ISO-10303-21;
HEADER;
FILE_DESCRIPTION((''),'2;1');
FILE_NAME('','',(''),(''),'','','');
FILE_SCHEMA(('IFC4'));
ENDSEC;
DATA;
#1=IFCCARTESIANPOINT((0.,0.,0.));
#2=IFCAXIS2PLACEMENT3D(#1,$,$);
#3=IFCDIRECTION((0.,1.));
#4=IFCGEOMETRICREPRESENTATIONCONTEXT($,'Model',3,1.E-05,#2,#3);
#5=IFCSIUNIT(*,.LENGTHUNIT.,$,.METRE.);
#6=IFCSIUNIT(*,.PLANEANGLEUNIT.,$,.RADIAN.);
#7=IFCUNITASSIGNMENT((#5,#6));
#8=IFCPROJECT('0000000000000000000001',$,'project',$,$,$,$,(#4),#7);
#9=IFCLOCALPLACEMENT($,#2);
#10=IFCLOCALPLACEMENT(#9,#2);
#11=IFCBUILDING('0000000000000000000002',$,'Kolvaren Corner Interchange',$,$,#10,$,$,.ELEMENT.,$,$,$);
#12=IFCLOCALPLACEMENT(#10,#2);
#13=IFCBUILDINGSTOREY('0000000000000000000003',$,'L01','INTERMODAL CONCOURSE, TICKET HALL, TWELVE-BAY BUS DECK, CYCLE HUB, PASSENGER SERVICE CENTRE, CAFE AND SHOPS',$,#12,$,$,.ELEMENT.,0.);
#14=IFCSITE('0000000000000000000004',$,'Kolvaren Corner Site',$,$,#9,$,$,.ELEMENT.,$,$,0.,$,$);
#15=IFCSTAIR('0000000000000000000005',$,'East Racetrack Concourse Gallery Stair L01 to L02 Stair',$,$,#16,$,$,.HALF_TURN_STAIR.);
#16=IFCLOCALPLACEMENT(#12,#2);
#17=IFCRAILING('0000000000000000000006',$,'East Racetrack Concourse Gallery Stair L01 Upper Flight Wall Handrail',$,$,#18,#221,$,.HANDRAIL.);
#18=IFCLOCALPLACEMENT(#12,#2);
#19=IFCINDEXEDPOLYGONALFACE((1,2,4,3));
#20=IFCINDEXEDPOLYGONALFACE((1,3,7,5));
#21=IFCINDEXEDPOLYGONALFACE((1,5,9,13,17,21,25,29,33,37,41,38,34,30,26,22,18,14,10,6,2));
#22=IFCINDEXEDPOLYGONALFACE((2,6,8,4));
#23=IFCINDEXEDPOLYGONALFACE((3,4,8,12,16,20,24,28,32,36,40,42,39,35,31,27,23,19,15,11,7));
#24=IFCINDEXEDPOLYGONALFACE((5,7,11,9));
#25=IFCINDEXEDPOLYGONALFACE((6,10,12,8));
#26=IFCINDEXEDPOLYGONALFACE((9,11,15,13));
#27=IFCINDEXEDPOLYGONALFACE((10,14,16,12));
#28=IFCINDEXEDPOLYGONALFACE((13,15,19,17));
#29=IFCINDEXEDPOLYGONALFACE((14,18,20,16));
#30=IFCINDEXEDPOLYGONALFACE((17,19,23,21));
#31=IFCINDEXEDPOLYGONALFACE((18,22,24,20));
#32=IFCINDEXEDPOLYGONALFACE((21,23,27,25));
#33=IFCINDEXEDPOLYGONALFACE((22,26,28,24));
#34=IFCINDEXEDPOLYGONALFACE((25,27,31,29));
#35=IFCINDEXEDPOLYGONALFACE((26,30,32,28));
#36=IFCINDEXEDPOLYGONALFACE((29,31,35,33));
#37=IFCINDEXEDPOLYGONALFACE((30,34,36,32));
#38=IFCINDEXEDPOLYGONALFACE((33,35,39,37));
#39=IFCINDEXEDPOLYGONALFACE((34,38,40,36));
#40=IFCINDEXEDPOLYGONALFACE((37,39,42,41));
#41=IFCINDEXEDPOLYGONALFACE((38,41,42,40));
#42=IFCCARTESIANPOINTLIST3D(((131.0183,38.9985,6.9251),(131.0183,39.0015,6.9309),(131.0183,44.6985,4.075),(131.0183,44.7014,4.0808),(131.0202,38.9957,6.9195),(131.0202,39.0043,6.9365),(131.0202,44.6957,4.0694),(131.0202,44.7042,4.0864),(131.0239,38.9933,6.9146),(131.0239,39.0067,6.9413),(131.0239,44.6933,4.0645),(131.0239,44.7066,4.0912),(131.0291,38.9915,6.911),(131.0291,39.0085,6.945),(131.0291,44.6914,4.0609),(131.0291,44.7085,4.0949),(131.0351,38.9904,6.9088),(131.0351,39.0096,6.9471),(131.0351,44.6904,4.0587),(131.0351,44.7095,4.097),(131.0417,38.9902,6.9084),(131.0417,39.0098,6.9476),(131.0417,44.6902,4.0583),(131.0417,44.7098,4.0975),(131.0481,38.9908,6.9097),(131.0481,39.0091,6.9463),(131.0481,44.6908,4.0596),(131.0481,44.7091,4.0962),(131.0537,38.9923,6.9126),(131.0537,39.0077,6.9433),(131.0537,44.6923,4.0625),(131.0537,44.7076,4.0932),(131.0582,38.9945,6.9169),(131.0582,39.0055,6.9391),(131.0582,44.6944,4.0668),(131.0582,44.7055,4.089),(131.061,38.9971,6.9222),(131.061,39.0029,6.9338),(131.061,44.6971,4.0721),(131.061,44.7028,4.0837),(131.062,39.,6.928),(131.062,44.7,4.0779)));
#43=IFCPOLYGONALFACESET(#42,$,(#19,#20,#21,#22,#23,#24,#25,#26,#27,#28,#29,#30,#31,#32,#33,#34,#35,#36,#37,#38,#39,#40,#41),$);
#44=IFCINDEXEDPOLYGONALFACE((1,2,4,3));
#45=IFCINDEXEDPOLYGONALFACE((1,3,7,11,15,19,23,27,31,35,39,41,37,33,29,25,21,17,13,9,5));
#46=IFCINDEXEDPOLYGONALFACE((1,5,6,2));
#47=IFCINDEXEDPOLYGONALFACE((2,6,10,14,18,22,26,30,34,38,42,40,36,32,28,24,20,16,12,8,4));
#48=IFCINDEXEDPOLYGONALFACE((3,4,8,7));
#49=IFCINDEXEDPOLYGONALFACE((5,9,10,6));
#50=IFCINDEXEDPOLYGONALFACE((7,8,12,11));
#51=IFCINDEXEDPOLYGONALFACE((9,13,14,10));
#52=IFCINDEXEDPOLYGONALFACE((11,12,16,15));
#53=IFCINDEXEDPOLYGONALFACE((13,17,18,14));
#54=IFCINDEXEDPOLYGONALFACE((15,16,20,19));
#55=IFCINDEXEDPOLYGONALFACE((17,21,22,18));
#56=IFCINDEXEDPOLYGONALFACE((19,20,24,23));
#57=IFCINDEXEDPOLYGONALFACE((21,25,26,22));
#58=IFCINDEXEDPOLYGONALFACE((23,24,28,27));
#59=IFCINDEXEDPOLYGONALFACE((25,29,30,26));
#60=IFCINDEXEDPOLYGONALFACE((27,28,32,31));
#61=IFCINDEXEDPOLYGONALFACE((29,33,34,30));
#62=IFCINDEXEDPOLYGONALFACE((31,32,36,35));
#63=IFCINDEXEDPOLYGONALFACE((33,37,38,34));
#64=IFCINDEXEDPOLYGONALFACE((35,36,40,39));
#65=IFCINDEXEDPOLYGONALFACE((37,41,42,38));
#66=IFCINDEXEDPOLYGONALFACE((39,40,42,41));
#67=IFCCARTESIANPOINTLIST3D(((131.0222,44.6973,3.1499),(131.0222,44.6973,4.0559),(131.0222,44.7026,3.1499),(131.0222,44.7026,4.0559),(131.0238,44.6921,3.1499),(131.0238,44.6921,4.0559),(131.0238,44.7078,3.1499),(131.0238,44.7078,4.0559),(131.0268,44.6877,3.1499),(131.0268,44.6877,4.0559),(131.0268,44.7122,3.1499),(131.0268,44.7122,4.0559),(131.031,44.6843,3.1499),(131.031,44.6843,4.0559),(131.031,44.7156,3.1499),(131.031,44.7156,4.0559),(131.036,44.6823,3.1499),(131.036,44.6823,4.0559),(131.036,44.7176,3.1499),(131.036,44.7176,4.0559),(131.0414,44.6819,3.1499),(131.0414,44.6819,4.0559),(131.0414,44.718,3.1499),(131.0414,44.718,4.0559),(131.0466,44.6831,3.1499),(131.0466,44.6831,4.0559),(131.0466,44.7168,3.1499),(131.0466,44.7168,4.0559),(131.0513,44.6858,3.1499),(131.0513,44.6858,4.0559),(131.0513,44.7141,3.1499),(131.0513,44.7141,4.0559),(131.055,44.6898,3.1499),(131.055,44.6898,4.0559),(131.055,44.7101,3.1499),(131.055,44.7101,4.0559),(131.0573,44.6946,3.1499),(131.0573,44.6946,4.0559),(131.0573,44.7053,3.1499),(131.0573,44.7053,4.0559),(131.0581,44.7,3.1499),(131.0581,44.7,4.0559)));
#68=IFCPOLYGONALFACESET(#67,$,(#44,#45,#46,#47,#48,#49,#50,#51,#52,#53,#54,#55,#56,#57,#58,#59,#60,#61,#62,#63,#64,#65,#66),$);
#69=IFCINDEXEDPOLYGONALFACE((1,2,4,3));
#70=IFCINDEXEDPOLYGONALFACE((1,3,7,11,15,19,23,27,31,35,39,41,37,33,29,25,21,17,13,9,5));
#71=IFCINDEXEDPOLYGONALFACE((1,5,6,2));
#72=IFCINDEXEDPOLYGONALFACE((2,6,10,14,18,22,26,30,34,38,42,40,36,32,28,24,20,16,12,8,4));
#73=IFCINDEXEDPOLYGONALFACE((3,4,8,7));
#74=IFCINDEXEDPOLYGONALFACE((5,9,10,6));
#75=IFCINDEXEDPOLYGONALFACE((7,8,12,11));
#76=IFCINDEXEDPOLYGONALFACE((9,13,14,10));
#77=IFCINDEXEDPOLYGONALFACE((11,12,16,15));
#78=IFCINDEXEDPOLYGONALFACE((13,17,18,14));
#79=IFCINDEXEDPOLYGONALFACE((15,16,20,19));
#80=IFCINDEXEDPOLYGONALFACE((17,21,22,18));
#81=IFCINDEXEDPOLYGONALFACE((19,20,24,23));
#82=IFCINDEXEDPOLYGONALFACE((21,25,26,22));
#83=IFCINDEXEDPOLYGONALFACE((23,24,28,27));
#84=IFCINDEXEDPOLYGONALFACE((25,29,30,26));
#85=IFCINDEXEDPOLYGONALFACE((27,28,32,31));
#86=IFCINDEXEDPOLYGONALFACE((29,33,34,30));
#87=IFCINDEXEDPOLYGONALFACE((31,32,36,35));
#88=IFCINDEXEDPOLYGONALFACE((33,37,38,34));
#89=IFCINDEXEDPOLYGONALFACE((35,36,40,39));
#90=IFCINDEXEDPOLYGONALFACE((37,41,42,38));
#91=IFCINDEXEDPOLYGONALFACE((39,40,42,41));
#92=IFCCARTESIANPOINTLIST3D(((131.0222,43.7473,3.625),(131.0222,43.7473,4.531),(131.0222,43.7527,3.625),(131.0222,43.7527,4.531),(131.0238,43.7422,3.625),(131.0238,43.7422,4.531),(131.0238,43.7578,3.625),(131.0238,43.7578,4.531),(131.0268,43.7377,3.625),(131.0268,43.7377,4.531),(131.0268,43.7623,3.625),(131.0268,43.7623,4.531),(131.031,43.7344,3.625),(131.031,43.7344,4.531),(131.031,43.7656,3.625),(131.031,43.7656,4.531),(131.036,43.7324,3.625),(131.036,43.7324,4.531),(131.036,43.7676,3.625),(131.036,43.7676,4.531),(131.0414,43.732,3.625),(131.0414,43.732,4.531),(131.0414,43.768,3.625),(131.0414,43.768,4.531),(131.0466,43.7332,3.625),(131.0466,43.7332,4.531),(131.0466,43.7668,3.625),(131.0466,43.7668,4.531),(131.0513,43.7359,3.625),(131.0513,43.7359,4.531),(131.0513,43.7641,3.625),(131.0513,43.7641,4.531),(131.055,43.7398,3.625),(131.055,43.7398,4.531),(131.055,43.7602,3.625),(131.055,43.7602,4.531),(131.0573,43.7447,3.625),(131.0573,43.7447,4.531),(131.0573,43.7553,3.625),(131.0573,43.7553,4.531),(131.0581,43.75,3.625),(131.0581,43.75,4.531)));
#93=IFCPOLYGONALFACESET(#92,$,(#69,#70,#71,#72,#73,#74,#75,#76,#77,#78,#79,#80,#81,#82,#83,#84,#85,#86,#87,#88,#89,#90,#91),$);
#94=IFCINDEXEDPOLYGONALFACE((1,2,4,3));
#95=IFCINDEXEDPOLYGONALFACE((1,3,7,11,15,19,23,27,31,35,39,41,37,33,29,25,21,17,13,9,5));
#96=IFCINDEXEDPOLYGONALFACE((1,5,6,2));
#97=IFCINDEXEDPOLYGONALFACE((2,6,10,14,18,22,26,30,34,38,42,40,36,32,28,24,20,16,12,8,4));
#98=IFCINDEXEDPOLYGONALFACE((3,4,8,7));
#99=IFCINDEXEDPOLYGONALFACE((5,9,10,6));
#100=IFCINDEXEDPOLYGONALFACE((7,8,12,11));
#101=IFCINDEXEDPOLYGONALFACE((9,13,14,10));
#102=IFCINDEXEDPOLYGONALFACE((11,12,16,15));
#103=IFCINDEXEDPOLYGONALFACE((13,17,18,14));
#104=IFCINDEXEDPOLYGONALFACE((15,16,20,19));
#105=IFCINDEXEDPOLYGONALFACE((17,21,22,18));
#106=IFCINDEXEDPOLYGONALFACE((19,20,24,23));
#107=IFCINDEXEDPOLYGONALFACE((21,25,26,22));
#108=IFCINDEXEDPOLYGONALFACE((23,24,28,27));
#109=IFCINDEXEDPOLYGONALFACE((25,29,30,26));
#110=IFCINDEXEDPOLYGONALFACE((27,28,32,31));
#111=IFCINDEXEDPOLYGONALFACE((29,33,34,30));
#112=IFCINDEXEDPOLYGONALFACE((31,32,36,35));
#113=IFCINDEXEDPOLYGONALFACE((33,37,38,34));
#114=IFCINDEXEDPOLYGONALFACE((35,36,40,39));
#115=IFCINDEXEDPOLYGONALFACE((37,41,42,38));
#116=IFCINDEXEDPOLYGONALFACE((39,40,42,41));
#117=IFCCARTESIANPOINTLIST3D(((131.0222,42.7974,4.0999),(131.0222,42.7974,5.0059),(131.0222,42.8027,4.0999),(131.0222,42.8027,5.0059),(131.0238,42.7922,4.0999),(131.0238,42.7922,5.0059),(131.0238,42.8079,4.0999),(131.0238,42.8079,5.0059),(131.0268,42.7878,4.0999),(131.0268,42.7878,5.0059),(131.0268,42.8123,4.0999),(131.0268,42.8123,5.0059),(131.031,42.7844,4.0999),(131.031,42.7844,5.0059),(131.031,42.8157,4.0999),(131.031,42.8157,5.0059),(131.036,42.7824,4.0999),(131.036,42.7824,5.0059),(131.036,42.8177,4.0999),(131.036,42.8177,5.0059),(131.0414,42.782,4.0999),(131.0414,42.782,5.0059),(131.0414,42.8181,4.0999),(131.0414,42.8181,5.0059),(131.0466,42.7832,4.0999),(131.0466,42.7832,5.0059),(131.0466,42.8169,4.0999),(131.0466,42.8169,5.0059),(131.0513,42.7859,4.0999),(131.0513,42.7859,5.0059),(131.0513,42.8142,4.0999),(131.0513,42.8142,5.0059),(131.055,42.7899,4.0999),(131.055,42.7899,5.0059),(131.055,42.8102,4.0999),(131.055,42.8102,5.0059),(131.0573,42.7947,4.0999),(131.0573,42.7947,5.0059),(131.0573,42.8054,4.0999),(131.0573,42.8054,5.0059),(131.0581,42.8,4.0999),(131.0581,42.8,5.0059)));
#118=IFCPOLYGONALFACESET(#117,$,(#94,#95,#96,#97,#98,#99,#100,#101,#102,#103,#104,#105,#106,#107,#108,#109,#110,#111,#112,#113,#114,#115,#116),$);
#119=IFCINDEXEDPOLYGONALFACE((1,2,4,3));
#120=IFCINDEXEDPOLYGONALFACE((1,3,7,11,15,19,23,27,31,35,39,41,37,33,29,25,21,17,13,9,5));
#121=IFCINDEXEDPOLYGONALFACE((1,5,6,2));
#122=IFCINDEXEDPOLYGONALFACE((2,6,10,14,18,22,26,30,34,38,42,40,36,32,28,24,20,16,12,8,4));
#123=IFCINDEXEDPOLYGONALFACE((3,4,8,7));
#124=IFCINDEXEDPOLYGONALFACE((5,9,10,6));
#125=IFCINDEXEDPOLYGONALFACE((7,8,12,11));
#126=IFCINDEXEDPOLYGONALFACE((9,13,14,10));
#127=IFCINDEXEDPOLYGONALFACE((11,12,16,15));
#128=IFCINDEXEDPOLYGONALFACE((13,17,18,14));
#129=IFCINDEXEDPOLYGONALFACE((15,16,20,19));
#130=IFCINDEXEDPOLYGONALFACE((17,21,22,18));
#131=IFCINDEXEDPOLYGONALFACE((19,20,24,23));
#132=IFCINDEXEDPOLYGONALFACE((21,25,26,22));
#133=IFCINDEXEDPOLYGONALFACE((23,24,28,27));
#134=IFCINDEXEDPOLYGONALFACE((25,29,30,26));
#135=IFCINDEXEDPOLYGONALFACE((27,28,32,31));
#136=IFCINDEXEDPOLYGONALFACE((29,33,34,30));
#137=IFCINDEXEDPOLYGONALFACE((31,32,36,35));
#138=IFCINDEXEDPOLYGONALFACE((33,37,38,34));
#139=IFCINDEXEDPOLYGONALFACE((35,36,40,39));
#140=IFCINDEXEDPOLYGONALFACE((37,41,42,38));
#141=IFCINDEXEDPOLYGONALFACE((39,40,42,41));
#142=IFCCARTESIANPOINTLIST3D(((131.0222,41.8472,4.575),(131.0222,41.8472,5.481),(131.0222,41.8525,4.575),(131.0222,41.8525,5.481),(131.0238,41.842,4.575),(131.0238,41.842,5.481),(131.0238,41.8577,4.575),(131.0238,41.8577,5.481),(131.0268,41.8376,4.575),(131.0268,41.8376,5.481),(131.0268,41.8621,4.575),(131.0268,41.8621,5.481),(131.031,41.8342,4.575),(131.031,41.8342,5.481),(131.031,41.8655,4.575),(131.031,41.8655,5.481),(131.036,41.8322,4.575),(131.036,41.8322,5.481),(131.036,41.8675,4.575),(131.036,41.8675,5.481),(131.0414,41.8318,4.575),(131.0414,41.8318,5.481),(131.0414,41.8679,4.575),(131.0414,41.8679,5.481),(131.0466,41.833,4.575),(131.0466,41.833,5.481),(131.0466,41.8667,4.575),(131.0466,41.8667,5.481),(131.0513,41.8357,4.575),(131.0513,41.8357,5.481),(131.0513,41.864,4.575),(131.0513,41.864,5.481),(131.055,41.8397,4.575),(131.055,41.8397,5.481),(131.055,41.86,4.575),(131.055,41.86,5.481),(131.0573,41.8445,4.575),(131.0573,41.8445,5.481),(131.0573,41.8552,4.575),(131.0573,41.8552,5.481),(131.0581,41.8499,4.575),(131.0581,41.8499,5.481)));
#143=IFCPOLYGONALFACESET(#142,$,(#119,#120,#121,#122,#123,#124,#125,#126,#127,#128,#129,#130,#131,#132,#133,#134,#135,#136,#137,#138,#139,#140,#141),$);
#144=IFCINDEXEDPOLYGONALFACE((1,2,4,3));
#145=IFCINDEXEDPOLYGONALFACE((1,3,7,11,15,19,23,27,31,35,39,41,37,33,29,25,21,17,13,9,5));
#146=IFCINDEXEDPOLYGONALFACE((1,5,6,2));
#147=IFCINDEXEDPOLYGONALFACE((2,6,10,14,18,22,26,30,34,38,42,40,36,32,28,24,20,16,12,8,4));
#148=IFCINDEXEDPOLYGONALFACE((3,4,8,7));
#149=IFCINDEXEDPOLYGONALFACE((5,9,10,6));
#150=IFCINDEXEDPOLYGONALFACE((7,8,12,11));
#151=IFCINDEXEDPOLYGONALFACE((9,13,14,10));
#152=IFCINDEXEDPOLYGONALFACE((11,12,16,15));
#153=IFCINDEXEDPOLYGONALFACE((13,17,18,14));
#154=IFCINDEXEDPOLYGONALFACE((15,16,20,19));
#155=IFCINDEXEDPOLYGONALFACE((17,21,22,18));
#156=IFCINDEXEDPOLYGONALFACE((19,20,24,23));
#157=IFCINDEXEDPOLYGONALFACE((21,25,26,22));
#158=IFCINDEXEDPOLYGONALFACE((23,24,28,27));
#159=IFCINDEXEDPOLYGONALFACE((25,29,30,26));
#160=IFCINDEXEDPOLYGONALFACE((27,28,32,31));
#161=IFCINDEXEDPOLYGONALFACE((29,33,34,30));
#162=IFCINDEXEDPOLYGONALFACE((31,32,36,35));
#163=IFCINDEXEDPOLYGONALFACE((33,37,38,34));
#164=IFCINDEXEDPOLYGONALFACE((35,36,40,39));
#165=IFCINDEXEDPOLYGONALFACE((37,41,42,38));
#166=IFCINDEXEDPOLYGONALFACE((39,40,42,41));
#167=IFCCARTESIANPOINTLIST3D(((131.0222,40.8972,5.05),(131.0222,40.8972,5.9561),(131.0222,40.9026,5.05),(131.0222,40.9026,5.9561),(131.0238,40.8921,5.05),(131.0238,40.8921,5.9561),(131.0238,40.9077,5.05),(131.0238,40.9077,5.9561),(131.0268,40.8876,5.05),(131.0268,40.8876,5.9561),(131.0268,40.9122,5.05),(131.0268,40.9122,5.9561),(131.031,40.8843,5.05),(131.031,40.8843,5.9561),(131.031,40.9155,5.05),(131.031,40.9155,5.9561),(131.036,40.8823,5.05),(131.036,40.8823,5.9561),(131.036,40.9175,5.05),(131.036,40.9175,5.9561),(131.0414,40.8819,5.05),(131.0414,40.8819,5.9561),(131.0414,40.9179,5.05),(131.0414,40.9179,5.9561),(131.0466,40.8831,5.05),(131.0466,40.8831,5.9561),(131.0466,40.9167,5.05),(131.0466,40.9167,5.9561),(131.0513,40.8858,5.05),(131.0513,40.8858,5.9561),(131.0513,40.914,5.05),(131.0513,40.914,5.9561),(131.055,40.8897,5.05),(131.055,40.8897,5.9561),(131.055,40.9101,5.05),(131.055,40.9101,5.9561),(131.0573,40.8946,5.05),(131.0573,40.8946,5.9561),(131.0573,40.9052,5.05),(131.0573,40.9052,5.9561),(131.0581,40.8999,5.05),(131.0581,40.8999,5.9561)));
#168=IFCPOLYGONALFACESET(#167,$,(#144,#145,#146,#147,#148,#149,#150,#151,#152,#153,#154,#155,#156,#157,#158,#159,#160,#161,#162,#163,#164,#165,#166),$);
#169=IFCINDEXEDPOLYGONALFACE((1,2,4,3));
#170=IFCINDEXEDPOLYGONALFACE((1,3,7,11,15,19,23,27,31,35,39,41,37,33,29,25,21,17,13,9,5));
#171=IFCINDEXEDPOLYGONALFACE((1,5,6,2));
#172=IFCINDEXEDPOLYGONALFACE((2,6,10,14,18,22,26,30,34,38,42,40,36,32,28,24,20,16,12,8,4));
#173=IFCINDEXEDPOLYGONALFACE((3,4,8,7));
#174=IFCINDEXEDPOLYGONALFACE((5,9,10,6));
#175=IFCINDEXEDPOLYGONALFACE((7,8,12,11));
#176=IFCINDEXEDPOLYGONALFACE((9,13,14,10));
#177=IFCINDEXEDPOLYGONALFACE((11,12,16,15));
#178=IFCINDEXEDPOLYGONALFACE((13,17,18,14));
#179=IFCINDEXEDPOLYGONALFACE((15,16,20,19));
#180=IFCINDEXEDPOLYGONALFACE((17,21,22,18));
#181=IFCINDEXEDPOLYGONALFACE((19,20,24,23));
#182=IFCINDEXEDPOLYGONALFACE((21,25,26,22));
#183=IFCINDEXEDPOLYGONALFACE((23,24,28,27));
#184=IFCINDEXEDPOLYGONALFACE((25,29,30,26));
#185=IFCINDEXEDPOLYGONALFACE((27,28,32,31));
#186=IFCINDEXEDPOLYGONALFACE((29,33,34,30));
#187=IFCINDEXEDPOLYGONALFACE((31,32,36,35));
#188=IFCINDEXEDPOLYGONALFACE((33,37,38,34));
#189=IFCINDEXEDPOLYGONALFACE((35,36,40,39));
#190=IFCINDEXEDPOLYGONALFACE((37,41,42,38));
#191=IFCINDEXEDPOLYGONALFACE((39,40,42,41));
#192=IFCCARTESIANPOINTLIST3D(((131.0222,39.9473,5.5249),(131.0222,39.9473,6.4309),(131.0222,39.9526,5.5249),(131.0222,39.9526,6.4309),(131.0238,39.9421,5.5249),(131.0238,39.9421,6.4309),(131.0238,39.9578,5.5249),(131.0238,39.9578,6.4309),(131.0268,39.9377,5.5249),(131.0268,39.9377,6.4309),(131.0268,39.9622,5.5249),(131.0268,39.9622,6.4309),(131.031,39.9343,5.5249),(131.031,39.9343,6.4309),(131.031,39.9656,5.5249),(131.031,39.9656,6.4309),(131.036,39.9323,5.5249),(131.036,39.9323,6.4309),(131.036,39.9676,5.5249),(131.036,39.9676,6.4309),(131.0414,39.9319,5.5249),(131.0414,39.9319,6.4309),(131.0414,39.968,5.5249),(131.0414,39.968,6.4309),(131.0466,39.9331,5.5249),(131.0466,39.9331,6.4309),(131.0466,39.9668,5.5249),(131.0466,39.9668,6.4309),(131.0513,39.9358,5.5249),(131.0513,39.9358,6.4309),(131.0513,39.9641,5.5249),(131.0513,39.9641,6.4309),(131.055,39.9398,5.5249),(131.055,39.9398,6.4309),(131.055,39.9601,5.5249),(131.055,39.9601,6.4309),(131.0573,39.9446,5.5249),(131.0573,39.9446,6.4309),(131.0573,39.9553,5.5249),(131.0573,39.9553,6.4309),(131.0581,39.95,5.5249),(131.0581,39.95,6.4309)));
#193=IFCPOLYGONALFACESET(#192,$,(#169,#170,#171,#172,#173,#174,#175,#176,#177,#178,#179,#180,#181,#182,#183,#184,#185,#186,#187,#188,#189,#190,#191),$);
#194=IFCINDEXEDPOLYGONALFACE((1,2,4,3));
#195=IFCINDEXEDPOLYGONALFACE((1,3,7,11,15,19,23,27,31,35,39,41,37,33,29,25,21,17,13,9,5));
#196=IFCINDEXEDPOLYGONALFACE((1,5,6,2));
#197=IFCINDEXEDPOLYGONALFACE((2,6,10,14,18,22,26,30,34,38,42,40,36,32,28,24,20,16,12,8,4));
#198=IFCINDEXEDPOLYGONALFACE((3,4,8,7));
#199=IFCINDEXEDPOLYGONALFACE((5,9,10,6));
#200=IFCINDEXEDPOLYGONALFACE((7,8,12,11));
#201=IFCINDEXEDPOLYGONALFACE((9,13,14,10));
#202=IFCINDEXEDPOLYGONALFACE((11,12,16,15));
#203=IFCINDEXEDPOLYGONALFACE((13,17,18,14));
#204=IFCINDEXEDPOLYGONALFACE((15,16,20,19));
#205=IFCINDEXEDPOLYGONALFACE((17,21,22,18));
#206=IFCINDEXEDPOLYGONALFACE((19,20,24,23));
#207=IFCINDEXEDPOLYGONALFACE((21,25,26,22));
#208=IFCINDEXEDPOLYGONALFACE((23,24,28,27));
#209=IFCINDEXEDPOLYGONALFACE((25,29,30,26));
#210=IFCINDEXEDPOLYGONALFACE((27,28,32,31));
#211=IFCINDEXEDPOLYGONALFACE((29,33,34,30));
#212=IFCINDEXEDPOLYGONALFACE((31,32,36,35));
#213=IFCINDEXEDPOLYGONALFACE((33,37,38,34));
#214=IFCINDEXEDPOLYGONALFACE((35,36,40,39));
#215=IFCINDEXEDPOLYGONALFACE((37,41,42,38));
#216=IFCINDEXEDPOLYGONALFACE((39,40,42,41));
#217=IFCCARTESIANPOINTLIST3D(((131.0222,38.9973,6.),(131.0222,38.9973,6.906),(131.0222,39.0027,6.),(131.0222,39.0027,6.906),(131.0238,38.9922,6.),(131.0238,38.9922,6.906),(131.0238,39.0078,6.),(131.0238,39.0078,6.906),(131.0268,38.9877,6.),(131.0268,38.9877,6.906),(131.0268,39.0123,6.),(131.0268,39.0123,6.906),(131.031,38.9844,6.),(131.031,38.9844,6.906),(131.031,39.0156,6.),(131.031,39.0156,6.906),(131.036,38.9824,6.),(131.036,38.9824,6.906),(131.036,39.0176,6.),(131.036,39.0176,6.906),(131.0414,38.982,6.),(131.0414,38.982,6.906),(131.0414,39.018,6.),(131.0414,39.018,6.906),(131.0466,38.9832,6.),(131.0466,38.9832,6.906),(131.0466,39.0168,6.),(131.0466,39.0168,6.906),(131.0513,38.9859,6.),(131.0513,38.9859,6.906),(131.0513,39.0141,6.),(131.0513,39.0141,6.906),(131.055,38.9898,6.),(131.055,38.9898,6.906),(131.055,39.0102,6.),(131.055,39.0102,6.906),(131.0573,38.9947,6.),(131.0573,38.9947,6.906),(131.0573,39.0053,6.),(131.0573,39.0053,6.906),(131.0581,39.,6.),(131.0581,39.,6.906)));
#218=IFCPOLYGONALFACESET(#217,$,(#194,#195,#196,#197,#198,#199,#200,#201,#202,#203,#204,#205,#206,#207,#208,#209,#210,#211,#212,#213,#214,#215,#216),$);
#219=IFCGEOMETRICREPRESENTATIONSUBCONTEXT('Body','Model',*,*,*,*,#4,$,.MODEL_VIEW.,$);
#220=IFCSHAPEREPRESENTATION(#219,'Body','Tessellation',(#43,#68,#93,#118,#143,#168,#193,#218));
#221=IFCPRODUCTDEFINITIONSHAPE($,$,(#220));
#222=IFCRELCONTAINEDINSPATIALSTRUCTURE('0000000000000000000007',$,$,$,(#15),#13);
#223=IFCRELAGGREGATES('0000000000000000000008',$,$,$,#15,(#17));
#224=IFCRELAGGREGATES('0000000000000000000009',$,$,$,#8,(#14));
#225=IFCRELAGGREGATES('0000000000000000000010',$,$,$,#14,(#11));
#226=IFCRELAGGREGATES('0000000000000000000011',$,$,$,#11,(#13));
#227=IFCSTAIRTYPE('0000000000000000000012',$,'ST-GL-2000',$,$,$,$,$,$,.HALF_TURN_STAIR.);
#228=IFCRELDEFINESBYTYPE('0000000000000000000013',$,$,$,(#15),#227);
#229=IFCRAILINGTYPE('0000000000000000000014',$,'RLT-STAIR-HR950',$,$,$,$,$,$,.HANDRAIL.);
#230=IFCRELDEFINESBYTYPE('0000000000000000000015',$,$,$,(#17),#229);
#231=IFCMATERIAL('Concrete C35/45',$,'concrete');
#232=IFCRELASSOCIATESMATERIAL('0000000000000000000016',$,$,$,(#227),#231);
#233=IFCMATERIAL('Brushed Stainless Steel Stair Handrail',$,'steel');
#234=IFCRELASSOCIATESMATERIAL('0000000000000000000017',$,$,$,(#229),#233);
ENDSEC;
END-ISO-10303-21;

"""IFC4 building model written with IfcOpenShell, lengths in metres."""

from ifc_helpers import new_model, si_unit, direction, frame, origin, origin_2d, place, context, subcontext, project, spatial, circle, extrude, material, type_object, element, aggregate, save


model = new_model("IFC4")

# Units and contexts
model_context = context("Model", 3, precision=1e-05, world=origin(), true_north=direction((0.0, 1.0)))
body_context = subcontext(model_context, "Body", "Model", "MODEL_VIEW")
ifc_project = project(units=[si_unit("LENGTHUNIT", "METRE"), si_unit("PLANEANGLEUNIT", "RADIAN")], contexts=[model_context])

# Site, building, storey
site_placement = place(None, origin())
site = spatial("IfcSite", under=ifc_project, at=site_placement, Name="Kolvaren Corner Site", CompositionType="ELEMENT", RefElevation=0.0)
building_placement = place(site_placement, origin())
building = spatial("IfcBuilding", under=site, at=building_placement, Name="Kolvaren Corner Interchange", CompositionType="ELEMENT")
storey_placement = place(building_placement, origin())
storey = spatial("IfcBuildingStorey", under=building, at=storey_placement, Name="L01", Description="INTERMODAL CONCOURSE, TICKET HALL, TWELVE-BAY BUS DECK, CYCLE HUB, PASSENGER SERVICE CENTRE, CAFE AND SHOPS", CompositionType="ELEMENT", Elevation=0.0)

# Stair, railing
ifc_material_1 = material(Name="Concrete C35/45", Category="concrete")
stair_type = type_object("IfcStairType", Name="ST-GL-2000", PredefinedType="HALF_TURN_STAIR", material=ifc_material_1)
stair_placement = place(storey_placement, origin())
stair = element("IfcStair", 1, at=stair_placement, inside=storey, type_object=stair_type, Name="East Racetrack Concourse Gallery Stair L01 to L02 Stair", PredefinedType="HALF_TURN_STAIR")
ifc_material_2 = material(Name="Brushed Stainless Steel Stair Handrail", Category="steel")
railing_type_1 = type_object("IfcRailingType", Name="RLT-STAIR-HR950", PredefinedType="HANDRAIL", material=ifc_material_2)
railing_1_placement = place(storey_placement, frame((131.04, 44.7, 3.1499)))
railing_1 = element("IfcRailing", 2, at=railing_1_placement, type_object=railing_type_1, Name="East Racetrack Concourse Gallery Stair L01 Upper Flight Wall Handrail", PredefinedType="HANDRAIL", context=body_context, shape_type="SweptSolid", body=[
    extrude(circle(Radius=0.022, at=origin_2d()), frame((0.0, 0.0, 0.928), z_axis=(0.0, -0.89442, 0.447229), x_axis=(1.0, 0.0, 0.0)), (0.0, 0.0, 1.0), 6.3728),
    extrude(circle(Radius=0.0181, at=origin_2d()), origin(), (0.0, 0.0, 1.0), 0.906),
    extrude(circle(Radius=0.0181, at=origin_2d()), frame((0.0, -0.95, 0.4751)), (0.0, 0.0, 1.0), 0.906),
    extrude(circle(Radius=0.0181, at=origin_2d()), frame((0.0, -1.8999, 0.95)), (0.0, 0.0, 1.0), 0.906),
    extrude(circle(Radius=0.0181, at=origin_2d()), frame((0.0, -2.8501, 1.425)), (0.0, 0.0, 1.0), 0.906),
    extrude(circle(Radius=0.0181, at=origin_2d()), frame((0.0, -3.8, 1.9001)), (0.0, 0.0, 1.0), 0.906),
    extrude(circle(Radius=0.0181, at=origin_2d()), frame((0.0, -4.75, 2.375)), (0.0, 0.0, 1.0), 0.906),
    extrude(circle(Radius=0.0181, at=origin_2d()), frame((0.0, -5.7, 2.8501)), (0.0, 0.0, 1.0), 0.906),
])
aggregate(stair, [railing_1])

save(model, "model.ifc")
